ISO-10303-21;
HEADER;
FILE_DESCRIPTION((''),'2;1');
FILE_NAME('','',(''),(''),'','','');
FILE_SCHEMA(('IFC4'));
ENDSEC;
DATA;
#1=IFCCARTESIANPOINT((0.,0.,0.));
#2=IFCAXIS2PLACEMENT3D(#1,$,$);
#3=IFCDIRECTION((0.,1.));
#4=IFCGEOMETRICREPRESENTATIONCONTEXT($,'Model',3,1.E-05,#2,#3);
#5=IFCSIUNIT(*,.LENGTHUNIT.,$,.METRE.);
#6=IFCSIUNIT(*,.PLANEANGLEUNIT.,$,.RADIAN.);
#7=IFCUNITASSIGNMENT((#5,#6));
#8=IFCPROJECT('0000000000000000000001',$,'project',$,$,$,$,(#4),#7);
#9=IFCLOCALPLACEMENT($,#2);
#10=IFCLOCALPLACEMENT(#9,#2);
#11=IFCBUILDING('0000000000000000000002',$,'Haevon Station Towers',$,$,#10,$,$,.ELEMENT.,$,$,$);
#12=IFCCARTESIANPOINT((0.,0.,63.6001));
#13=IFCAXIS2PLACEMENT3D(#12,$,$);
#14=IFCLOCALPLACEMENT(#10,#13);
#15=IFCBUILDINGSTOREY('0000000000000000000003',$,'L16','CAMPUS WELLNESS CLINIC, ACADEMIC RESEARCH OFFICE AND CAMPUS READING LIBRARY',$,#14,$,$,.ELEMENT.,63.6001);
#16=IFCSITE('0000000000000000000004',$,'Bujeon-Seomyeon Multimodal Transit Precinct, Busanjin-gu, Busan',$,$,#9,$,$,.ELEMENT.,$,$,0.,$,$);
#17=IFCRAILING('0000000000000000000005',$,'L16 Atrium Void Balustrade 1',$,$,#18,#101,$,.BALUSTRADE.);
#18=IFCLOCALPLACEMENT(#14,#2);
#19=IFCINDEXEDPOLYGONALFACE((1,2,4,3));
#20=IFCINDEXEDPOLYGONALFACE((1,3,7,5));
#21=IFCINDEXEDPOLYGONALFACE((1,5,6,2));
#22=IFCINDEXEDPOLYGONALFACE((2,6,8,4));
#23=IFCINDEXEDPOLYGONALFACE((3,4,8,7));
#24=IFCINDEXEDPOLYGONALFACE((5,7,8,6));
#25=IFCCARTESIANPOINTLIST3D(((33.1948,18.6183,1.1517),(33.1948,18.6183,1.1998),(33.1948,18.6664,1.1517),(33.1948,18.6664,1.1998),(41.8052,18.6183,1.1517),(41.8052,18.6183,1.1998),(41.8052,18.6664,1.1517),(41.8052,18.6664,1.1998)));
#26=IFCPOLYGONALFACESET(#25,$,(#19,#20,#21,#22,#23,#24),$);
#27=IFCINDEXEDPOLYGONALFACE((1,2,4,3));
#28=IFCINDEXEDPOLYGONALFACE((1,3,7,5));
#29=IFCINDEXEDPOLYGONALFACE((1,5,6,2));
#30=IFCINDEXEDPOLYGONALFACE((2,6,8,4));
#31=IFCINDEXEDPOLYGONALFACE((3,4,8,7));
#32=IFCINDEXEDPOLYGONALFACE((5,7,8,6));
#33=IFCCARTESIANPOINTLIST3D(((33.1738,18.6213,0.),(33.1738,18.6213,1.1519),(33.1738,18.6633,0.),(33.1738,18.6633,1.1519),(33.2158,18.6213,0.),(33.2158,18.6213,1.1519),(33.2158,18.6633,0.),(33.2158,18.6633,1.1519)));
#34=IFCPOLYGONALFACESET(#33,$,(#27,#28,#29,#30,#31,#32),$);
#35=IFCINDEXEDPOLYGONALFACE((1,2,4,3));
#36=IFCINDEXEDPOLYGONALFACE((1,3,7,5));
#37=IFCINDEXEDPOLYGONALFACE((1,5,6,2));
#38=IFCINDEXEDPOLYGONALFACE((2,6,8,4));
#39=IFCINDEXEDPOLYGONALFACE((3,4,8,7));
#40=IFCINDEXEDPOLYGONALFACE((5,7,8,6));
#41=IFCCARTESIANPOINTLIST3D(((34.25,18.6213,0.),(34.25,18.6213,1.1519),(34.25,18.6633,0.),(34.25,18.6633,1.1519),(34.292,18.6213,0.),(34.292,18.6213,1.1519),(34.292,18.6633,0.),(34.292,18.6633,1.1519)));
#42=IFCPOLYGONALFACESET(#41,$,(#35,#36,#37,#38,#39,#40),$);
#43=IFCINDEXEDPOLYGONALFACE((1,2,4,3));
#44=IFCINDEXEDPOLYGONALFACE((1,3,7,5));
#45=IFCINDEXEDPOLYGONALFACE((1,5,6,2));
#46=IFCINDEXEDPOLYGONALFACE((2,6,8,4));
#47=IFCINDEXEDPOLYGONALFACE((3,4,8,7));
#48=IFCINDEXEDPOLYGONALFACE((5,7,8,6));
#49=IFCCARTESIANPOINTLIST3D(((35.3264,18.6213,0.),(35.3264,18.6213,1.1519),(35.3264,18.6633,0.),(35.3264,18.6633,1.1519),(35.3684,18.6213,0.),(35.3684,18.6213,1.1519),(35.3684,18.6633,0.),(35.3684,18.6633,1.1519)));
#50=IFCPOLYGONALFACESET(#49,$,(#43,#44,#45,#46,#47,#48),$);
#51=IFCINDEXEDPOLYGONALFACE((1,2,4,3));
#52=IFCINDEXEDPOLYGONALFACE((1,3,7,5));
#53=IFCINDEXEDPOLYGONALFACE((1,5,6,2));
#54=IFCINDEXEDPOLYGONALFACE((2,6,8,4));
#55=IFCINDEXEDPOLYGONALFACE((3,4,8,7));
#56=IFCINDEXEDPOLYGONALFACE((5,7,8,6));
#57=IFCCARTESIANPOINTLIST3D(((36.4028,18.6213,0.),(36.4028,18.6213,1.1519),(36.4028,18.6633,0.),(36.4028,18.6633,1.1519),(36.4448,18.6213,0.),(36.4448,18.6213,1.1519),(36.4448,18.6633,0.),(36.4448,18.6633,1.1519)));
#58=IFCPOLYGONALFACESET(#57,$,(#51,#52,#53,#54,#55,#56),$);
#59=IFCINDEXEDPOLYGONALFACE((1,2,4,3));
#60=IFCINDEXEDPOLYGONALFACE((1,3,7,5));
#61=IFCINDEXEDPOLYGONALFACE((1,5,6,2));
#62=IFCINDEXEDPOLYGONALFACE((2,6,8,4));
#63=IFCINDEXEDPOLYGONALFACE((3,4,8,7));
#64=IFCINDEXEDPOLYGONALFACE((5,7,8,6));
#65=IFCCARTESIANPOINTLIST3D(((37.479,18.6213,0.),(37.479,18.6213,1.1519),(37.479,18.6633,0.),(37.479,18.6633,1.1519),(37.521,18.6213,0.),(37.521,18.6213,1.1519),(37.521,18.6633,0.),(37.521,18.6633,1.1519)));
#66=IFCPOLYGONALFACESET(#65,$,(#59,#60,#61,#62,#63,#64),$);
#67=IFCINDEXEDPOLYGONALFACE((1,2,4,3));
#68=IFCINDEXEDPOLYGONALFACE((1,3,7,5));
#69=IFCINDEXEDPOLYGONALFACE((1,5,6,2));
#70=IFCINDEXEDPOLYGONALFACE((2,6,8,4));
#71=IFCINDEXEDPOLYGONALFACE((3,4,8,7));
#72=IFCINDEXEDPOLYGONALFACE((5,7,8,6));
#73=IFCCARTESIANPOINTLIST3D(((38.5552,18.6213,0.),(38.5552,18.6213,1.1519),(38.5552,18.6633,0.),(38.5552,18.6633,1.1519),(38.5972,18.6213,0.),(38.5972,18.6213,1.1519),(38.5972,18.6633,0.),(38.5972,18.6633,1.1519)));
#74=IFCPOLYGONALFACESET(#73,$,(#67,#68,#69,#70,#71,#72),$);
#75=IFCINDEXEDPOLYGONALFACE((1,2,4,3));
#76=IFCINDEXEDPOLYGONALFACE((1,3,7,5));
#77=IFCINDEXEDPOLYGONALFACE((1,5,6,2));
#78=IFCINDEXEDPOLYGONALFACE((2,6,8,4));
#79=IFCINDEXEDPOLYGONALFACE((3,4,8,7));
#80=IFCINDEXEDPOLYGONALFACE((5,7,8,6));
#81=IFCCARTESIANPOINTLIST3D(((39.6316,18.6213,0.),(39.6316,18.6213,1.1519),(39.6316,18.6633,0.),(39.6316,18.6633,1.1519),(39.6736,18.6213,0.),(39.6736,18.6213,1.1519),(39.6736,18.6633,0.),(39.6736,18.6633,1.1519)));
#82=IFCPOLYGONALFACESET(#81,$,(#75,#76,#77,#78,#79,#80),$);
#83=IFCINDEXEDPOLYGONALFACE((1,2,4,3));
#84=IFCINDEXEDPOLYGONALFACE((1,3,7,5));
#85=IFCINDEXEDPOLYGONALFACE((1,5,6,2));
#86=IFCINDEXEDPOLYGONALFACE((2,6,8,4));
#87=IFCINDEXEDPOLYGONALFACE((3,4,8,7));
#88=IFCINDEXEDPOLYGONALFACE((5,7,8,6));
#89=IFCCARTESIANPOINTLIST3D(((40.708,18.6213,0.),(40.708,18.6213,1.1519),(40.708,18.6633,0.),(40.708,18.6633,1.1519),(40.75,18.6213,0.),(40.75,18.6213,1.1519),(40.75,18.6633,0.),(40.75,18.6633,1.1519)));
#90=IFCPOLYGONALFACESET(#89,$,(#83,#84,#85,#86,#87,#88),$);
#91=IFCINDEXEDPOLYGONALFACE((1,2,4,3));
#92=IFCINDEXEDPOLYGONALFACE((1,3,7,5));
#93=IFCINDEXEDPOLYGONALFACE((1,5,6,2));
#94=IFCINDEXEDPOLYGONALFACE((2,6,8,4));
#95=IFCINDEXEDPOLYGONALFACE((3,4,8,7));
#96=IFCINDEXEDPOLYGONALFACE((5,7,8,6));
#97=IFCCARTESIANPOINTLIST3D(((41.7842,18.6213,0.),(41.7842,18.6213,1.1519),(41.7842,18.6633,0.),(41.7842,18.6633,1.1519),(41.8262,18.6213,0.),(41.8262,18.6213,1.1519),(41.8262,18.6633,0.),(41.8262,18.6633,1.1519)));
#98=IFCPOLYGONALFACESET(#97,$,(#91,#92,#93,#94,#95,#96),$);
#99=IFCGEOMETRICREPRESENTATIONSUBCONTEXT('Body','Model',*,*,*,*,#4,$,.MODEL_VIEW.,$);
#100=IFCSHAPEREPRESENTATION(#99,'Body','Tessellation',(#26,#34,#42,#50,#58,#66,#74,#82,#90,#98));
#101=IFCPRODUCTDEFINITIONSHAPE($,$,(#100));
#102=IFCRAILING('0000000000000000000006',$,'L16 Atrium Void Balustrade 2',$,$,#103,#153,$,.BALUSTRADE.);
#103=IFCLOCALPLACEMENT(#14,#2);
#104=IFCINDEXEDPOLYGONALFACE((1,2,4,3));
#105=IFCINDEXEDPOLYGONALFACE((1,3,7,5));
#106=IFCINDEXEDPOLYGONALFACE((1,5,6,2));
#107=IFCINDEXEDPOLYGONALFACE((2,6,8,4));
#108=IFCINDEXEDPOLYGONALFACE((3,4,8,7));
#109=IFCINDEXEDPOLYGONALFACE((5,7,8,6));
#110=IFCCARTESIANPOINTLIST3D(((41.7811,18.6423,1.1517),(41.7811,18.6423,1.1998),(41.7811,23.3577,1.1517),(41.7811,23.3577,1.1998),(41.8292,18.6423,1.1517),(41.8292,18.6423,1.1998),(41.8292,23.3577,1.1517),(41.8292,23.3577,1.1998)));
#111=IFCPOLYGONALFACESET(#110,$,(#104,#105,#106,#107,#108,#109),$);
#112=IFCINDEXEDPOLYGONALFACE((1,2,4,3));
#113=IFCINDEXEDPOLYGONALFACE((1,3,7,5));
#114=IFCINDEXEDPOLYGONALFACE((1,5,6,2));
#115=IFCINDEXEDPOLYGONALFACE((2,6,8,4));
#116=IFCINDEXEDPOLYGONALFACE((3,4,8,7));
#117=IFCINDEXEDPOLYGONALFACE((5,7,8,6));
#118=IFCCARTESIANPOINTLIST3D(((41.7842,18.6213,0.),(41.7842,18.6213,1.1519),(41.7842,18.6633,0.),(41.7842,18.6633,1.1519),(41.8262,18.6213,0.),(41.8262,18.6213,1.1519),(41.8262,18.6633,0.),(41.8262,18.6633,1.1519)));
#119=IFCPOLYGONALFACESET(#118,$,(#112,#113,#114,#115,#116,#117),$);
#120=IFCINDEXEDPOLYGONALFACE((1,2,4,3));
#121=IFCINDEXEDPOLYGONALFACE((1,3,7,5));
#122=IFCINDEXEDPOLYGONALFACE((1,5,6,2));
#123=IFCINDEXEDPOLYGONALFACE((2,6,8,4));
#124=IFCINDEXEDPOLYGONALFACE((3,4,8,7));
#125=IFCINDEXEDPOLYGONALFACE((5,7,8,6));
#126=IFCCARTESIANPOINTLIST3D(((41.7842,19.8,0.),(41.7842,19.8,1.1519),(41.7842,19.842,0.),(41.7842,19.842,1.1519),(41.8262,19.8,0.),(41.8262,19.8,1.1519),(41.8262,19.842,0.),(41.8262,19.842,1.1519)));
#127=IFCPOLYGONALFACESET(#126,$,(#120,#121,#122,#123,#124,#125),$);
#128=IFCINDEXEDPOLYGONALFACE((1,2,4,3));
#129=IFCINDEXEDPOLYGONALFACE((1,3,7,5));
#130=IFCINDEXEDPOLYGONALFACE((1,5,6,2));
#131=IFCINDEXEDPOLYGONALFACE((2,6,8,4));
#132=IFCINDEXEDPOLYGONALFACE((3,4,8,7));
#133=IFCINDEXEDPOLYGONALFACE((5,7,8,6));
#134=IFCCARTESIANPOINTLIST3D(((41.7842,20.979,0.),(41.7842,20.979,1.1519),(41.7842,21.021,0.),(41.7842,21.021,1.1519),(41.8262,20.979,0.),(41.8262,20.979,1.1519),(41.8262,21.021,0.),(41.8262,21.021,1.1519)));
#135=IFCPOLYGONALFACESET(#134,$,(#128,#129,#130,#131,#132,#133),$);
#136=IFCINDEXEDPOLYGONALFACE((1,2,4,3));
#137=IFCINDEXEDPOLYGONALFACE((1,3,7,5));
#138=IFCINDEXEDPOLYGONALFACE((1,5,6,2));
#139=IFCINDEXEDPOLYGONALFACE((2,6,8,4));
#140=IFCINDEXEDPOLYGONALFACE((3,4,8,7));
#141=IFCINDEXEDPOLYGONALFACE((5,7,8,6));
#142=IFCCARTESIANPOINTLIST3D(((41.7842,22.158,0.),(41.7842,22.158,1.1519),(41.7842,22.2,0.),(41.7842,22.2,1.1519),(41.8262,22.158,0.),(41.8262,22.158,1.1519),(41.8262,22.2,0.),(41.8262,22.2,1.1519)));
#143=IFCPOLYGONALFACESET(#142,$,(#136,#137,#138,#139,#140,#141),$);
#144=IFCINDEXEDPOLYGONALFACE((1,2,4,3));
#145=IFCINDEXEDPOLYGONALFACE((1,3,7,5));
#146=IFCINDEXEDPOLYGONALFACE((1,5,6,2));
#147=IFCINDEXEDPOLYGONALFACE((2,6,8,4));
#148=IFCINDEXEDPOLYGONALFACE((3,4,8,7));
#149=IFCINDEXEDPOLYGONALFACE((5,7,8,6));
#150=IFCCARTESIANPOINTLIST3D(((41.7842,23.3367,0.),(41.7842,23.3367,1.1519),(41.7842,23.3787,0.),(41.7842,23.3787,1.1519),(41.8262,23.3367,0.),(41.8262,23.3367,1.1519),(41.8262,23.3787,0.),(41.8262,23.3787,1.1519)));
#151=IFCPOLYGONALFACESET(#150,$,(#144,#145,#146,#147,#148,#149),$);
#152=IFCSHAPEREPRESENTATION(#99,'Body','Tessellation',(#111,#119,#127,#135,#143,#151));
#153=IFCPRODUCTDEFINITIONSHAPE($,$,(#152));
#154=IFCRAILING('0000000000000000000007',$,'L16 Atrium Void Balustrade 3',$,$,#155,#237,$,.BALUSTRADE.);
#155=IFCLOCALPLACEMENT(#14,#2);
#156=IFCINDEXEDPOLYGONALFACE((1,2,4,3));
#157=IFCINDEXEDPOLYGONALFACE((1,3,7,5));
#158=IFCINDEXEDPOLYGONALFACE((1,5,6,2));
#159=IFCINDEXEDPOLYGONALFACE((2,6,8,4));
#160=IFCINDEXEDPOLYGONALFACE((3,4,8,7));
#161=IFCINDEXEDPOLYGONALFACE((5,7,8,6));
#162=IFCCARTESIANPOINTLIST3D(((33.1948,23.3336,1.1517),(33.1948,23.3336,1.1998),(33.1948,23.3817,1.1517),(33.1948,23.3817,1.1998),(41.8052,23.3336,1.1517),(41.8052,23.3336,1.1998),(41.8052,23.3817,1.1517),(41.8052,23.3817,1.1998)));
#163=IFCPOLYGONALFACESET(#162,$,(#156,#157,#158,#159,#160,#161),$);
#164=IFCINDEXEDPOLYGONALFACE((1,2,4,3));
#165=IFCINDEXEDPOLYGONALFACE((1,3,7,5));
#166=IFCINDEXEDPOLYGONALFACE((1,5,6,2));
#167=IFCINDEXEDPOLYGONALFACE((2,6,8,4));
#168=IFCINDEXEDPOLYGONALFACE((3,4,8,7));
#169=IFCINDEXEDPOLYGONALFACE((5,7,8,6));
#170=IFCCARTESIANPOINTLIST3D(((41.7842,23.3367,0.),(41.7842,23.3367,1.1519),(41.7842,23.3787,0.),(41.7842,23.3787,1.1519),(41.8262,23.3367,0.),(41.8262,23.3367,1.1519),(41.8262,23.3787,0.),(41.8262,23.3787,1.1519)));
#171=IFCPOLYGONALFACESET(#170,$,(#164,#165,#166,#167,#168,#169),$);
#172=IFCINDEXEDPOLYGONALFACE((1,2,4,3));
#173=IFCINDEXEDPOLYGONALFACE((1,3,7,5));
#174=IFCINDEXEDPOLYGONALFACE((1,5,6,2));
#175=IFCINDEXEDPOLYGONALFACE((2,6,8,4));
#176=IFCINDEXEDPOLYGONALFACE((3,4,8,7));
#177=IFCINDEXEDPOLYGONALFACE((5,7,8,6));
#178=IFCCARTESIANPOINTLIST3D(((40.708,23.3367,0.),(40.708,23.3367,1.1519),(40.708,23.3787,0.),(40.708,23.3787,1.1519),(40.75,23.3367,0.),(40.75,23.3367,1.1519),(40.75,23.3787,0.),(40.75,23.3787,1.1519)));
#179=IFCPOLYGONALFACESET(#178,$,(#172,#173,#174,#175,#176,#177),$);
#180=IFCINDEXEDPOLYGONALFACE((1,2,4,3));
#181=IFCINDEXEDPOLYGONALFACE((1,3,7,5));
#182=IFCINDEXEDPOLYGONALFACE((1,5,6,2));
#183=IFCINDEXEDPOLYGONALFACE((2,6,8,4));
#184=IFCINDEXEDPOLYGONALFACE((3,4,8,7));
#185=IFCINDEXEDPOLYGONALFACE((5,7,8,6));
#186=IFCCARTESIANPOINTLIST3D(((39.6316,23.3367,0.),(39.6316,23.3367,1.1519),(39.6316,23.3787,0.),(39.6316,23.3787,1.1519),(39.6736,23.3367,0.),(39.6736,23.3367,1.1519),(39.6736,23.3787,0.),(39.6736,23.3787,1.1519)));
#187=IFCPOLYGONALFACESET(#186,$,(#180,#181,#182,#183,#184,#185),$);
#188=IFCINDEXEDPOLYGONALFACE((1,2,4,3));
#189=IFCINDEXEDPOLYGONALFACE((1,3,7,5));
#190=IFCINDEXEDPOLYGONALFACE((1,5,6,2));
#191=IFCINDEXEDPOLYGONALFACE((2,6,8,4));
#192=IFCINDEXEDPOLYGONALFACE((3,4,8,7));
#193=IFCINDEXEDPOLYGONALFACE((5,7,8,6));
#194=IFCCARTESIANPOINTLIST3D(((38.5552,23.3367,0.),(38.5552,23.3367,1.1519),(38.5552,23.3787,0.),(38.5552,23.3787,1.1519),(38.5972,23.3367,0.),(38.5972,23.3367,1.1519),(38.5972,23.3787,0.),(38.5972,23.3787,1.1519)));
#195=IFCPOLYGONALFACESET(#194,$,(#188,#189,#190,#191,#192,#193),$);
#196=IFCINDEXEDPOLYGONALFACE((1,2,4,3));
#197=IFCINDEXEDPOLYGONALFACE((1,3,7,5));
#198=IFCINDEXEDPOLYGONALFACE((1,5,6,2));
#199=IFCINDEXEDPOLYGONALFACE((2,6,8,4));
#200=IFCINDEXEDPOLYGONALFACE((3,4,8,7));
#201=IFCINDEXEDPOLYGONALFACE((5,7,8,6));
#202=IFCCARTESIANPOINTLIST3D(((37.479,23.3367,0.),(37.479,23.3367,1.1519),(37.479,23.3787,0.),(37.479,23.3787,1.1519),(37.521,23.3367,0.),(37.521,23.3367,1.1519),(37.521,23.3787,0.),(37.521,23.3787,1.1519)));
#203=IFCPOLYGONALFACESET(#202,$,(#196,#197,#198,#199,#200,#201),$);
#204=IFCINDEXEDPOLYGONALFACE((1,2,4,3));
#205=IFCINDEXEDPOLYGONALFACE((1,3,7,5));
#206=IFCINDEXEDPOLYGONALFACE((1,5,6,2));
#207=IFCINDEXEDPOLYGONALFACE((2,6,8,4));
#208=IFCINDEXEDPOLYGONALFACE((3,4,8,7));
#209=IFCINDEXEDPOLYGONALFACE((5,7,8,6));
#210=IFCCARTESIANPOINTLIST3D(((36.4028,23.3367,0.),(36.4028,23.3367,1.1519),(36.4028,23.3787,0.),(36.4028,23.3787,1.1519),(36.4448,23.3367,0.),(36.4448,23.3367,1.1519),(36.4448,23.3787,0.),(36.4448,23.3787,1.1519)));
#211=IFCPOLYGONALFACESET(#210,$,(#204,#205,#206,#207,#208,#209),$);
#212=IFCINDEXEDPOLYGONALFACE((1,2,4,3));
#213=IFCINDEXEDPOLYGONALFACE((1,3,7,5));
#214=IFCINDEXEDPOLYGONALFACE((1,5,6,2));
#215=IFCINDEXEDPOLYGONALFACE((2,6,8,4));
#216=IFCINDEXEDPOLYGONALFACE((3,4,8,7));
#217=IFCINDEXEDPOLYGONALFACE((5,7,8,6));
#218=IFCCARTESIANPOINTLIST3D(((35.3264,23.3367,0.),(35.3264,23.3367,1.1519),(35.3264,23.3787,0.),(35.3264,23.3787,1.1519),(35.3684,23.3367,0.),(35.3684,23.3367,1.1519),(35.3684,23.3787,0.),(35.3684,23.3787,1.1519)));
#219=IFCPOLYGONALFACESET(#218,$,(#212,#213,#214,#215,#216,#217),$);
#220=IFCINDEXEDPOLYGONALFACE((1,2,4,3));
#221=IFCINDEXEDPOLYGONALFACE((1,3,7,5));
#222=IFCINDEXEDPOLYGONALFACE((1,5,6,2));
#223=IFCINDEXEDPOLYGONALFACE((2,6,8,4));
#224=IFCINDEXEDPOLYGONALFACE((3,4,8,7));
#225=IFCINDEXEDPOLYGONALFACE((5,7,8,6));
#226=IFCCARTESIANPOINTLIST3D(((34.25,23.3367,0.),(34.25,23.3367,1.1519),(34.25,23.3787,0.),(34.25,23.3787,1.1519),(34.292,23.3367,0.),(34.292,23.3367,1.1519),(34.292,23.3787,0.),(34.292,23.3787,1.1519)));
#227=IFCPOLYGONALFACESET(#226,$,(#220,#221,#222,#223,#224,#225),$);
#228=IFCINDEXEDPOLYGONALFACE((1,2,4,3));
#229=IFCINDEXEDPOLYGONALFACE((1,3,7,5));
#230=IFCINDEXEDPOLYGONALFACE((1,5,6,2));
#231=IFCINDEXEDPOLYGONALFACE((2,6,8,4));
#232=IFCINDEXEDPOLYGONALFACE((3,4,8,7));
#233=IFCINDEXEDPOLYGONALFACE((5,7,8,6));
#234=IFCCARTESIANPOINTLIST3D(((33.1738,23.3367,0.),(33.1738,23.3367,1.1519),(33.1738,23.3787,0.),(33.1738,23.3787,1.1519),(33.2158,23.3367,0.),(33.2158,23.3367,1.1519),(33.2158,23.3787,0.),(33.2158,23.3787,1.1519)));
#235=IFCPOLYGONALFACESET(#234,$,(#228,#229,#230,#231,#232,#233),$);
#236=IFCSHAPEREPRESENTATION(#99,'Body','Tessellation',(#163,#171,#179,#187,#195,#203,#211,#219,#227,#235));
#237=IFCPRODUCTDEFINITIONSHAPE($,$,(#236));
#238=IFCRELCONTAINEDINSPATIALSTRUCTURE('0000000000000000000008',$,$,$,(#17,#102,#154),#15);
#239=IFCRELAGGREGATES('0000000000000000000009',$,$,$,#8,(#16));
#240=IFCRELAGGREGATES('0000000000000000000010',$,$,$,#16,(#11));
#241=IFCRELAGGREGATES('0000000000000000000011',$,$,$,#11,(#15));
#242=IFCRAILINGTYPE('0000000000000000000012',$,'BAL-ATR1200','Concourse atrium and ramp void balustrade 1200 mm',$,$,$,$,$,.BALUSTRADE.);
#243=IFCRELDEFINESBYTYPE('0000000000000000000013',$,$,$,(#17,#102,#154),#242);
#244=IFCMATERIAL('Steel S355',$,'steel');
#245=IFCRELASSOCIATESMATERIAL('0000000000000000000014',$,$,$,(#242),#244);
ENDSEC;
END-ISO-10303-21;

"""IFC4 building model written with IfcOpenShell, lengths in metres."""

from ifc_helpers import new_model, si_unit, direction, frame, origin, origin_2d, place, context, subcontext, project, spatial, rectangle, extrude, material, type_object, element, save


model = new_model("IFC4")

# Units and contexts
model_context = context("Model", 3, precision=1e-05, world=origin(), true_north=direction((0.0, 1.0)))
body_context = subcontext(model_context, "Body", "Model", "MODEL_VIEW")
ifc_project = project(units=[si_unit("LENGTHUNIT", "METRE"), si_unit("PLANEANGLEUNIT", "RADIAN")], contexts=[model_context])

# Site, building, storey
site_placement = place(None, origin())
site = spatial("IfcSite", under=ifc_project, at=site_placement, Name="Bujeon-Seomyeon Multimodal Transit Precinct, Busanjin-gu, Busan", CompositionType="ELEMENT", RefElevation=0.0)
building_placement = place(site_placement, origin())
building = spatial("IfcBuilding", under=site, at=building_placement, Name="Haevon Station Towers", CompositionType="ELEMENT")
storey_placement = place(building_placement, frame((0.0, 0.0, 63.6001)))
storey = spatial("IfcBuildingStorey", under=building, at=storey_placement, Name="L16", Description="CAMPUS WELLNESS CLINIC, ACADEMIC RESEARCH OFFICE AND CAMPUS READING LIBRARY", CompositionType="ELEMENT", Elevation=63.6001)

# Shared definitions
ifc_material_1 = material(Name="Steel S355", Category="steel")

# Railings
railing_type = type_object("IfcRailingType", Name="BAL-ATR1200", Description="Concourse atrium and ramp void balustrade 1200 mm", PredefinedType="BALUSTRADE", material=ifc_material_1)
railing_1_placement = place(storey_placement, frame((33.1948, 18.6423, 0.0)))
element("IfcRailing", 1, at=railing_1_placement, inside=storey, type_object=railing_type, Name="L16 Atrium Void Balustrade 1", PredefinedType="BALUSTRADE", context=body_context, shape_type="SweptSolid", body=[
    extrude(rectangle(XDim=0.0481, YDim=0.0481, at=origin_2d()), frame((0.0, 0.0, 1.1758), z_axis=(1.0, 0.0, 0.0), x_axis=(0.0, 1.0, 0.0)), (0.0, 0.0, 1.0), 8.6104),
    extrude(rectangle(XDim=0.042, YDim=0.042, at=origin_2d()), origin(), (0.0, 0.0, 1.0), 1.1519),
    extrude(rectangle(XDim=0.042, YDim=0.042, at=origin_2d()), frame((1.0762, 0.0, 0.0)), (0.0, 0.0, 1.0), 1.1519),
    extrude(rectangle(XDim=0.042, YDim=0.042, at=origin_2d()), frame((2.1526, 0.0, 0.0)), (0.0, 0.0, 1.0), 1.1519),
    extrude(rectangle(XDim=0.042, YDim=0.042, at=origin_2d()), frame((3.229, 0.0, 0.0)), (0.0, 0.0, 1.0), 1.1519),
    extrude(rectangle(XDim=0.042, YDim=0.042, at=origin_2d()), frame((4.3052, 0.0, 0.0)), (0.0, 0.0, 1.0), 1.1519),
    extrude(rectangle(XDim=0.042, YDim=0.042, at=origin_2d()), frame((5.3813, 0.0, 0.0)), (0.0, 0.0, 1.0), 1.1519),
    extrude(rectangle(XDim=0.042, YDim=0.042, at=origin_2d()), frame((6.4578, 0.0, 0.0)), (0.0, 0.0, 1.0), 1.1519),
    extrude(rectangle(XDim=0.042, YDim=0.042, at=origin_2d()), frame((7.5342, 0.0, 0.0)), (0.0, 0.0, 1.0), 1.1519),
    extrude(rectangle(XDim=0.042, YDim=0.042, at=origin_2d()), frame((8.6104, 0.0, 0.0)), (0.0, 0.0, 1.0), 1.1519),
])
railing_2_placement = place(storey_placement, frame((41.8052, 18.6423, 0.0)))
element("IfcRailing", 2, at=railing_2_placement, inside=storey, type_object=railing_type, Name="L16 Atrium Void Balustrade 2", PredefinedType="BALUSTRADE", context=body_context, shape_type="SweptSolid", body=[
    extrude(rectangle(XDim=0.0481, YDim=0.0481, at=origin_2d()), frame((0.0, 0.0, 1.1758), z_axis=(0.0, 1.0, 0.0), x_axis=(-1.0, 0.0, 0.0)), (0.0, 0.0, 1.0), 4.7153),
    extrude(rectangle(XDim=0.042, YDim=0.042, at=origin_2d()), origin(), (0.0, 0.0, 1.0), 1.1519),
    extrude(rectangle(XDim=0.042, YDim=0.042, at=origin_2d()), frame((0.0, 1.1787, 0.0)), (0.0, 0.0, 1.0), 1.1519),
    extrude(rectangle(XDim=0.042, YDim=0.042, at=origin_2d()), frame((0.0, 2.3577, 0.0)), (0.0, 0.0, 1.0), 1.1519),
    extrude(rectangle(XDim=0.042, YDim=0.042, at=origin_2d()), frame((0.0, 3.5366, 0.0)), (0.0, 0.0, 1.0), 1.1519),
    extrude(rectangle(XDim=0.042, YDim=0.042, at=origin_2d()), frame((0.0, 4.7153, 0.0)), (0.0, 0.0, 1.0), 1.1519),
])
railing_3_placement = place(storey_placement, frame((41.8052, 23.3577, 0.0)))
element("IfcRailing", 3, at=railing_3_placement, inside=storey, type_object=railing_type, Name="L16 Atrium Void Balustrade 3", PredefinedType="BALUSTRADE", context=body_context, shape_type="SweptSolid", body=[
    extrude(rectangle(XDim=0.0481, YDim=0.0481, at=origin_2d()), frame((0.0, 0.0, 1.1758), z_axis=(-1.0, 0.0, 0.0), x_axis=(0.0, -1.0, 0.0)), (0.0, 0.0, 1.0), 8.6104),
    extrude(rectangle(XDim=0.042, YDim=0.042, at=origin_2d()), origin(), (0.0, 0.0, 1.0), 1.1519),
    extrude(rectangle(XDim=0.042, YDim=0.042, at=origin_2d()), frame((-1.0762, 0.0, 0.0)), (0.0, 0.0, 1.0), 1.1519),
    extrude(rectangle(XDim=0.042, YDim=0.042, at=origin_2d()), frame((-2.1526, 0.0, 0.0)), (0.0, 0.0, 1.0), 1.1519),
    extrude(rectangle(XDim=0.042, YDim=0.042, at=origin_2d()), frame((-3.229, 0.0, 0.0)), (0.0, 0.0, 1.0), 1.1519),
    extrude(rectangle(XDim=0.042, YDim=0.042, at=origin_2d()), frame((-4.3052, 0.0, 0.0)), (0.0, 0.0, 1.0), 1.1519),
    extrude(rectangle(XDim=0.042, YDim=0.042, at=origin_2d()), frame((-5.3813, 0.0, 0.0)), (0.0, 0.0, 1.0), 1.1519),
    extrude(rectangle(XDim=0.042, YDim=0.042, at=origin_2d()), frame((-6.4578, 0.0, 0.0)), (0.0, 0.0, 1.0), 1.1519),
    extrude(rectangle(XDim=0.042, YDim=0.042, at=origin_2d()), frame((-7.5342, 0.0, 0.0)), (0.0, 0.0, 1.0), 1.1519),
    extrude(rectangle(XDim=0.042, YDim=0.042, at=origin_2d()), frame((-8.6104, 0.0, 0.0)), (0.0, 0.0, 1.0), 1.1519),
])

save(model, "model.ifc")
